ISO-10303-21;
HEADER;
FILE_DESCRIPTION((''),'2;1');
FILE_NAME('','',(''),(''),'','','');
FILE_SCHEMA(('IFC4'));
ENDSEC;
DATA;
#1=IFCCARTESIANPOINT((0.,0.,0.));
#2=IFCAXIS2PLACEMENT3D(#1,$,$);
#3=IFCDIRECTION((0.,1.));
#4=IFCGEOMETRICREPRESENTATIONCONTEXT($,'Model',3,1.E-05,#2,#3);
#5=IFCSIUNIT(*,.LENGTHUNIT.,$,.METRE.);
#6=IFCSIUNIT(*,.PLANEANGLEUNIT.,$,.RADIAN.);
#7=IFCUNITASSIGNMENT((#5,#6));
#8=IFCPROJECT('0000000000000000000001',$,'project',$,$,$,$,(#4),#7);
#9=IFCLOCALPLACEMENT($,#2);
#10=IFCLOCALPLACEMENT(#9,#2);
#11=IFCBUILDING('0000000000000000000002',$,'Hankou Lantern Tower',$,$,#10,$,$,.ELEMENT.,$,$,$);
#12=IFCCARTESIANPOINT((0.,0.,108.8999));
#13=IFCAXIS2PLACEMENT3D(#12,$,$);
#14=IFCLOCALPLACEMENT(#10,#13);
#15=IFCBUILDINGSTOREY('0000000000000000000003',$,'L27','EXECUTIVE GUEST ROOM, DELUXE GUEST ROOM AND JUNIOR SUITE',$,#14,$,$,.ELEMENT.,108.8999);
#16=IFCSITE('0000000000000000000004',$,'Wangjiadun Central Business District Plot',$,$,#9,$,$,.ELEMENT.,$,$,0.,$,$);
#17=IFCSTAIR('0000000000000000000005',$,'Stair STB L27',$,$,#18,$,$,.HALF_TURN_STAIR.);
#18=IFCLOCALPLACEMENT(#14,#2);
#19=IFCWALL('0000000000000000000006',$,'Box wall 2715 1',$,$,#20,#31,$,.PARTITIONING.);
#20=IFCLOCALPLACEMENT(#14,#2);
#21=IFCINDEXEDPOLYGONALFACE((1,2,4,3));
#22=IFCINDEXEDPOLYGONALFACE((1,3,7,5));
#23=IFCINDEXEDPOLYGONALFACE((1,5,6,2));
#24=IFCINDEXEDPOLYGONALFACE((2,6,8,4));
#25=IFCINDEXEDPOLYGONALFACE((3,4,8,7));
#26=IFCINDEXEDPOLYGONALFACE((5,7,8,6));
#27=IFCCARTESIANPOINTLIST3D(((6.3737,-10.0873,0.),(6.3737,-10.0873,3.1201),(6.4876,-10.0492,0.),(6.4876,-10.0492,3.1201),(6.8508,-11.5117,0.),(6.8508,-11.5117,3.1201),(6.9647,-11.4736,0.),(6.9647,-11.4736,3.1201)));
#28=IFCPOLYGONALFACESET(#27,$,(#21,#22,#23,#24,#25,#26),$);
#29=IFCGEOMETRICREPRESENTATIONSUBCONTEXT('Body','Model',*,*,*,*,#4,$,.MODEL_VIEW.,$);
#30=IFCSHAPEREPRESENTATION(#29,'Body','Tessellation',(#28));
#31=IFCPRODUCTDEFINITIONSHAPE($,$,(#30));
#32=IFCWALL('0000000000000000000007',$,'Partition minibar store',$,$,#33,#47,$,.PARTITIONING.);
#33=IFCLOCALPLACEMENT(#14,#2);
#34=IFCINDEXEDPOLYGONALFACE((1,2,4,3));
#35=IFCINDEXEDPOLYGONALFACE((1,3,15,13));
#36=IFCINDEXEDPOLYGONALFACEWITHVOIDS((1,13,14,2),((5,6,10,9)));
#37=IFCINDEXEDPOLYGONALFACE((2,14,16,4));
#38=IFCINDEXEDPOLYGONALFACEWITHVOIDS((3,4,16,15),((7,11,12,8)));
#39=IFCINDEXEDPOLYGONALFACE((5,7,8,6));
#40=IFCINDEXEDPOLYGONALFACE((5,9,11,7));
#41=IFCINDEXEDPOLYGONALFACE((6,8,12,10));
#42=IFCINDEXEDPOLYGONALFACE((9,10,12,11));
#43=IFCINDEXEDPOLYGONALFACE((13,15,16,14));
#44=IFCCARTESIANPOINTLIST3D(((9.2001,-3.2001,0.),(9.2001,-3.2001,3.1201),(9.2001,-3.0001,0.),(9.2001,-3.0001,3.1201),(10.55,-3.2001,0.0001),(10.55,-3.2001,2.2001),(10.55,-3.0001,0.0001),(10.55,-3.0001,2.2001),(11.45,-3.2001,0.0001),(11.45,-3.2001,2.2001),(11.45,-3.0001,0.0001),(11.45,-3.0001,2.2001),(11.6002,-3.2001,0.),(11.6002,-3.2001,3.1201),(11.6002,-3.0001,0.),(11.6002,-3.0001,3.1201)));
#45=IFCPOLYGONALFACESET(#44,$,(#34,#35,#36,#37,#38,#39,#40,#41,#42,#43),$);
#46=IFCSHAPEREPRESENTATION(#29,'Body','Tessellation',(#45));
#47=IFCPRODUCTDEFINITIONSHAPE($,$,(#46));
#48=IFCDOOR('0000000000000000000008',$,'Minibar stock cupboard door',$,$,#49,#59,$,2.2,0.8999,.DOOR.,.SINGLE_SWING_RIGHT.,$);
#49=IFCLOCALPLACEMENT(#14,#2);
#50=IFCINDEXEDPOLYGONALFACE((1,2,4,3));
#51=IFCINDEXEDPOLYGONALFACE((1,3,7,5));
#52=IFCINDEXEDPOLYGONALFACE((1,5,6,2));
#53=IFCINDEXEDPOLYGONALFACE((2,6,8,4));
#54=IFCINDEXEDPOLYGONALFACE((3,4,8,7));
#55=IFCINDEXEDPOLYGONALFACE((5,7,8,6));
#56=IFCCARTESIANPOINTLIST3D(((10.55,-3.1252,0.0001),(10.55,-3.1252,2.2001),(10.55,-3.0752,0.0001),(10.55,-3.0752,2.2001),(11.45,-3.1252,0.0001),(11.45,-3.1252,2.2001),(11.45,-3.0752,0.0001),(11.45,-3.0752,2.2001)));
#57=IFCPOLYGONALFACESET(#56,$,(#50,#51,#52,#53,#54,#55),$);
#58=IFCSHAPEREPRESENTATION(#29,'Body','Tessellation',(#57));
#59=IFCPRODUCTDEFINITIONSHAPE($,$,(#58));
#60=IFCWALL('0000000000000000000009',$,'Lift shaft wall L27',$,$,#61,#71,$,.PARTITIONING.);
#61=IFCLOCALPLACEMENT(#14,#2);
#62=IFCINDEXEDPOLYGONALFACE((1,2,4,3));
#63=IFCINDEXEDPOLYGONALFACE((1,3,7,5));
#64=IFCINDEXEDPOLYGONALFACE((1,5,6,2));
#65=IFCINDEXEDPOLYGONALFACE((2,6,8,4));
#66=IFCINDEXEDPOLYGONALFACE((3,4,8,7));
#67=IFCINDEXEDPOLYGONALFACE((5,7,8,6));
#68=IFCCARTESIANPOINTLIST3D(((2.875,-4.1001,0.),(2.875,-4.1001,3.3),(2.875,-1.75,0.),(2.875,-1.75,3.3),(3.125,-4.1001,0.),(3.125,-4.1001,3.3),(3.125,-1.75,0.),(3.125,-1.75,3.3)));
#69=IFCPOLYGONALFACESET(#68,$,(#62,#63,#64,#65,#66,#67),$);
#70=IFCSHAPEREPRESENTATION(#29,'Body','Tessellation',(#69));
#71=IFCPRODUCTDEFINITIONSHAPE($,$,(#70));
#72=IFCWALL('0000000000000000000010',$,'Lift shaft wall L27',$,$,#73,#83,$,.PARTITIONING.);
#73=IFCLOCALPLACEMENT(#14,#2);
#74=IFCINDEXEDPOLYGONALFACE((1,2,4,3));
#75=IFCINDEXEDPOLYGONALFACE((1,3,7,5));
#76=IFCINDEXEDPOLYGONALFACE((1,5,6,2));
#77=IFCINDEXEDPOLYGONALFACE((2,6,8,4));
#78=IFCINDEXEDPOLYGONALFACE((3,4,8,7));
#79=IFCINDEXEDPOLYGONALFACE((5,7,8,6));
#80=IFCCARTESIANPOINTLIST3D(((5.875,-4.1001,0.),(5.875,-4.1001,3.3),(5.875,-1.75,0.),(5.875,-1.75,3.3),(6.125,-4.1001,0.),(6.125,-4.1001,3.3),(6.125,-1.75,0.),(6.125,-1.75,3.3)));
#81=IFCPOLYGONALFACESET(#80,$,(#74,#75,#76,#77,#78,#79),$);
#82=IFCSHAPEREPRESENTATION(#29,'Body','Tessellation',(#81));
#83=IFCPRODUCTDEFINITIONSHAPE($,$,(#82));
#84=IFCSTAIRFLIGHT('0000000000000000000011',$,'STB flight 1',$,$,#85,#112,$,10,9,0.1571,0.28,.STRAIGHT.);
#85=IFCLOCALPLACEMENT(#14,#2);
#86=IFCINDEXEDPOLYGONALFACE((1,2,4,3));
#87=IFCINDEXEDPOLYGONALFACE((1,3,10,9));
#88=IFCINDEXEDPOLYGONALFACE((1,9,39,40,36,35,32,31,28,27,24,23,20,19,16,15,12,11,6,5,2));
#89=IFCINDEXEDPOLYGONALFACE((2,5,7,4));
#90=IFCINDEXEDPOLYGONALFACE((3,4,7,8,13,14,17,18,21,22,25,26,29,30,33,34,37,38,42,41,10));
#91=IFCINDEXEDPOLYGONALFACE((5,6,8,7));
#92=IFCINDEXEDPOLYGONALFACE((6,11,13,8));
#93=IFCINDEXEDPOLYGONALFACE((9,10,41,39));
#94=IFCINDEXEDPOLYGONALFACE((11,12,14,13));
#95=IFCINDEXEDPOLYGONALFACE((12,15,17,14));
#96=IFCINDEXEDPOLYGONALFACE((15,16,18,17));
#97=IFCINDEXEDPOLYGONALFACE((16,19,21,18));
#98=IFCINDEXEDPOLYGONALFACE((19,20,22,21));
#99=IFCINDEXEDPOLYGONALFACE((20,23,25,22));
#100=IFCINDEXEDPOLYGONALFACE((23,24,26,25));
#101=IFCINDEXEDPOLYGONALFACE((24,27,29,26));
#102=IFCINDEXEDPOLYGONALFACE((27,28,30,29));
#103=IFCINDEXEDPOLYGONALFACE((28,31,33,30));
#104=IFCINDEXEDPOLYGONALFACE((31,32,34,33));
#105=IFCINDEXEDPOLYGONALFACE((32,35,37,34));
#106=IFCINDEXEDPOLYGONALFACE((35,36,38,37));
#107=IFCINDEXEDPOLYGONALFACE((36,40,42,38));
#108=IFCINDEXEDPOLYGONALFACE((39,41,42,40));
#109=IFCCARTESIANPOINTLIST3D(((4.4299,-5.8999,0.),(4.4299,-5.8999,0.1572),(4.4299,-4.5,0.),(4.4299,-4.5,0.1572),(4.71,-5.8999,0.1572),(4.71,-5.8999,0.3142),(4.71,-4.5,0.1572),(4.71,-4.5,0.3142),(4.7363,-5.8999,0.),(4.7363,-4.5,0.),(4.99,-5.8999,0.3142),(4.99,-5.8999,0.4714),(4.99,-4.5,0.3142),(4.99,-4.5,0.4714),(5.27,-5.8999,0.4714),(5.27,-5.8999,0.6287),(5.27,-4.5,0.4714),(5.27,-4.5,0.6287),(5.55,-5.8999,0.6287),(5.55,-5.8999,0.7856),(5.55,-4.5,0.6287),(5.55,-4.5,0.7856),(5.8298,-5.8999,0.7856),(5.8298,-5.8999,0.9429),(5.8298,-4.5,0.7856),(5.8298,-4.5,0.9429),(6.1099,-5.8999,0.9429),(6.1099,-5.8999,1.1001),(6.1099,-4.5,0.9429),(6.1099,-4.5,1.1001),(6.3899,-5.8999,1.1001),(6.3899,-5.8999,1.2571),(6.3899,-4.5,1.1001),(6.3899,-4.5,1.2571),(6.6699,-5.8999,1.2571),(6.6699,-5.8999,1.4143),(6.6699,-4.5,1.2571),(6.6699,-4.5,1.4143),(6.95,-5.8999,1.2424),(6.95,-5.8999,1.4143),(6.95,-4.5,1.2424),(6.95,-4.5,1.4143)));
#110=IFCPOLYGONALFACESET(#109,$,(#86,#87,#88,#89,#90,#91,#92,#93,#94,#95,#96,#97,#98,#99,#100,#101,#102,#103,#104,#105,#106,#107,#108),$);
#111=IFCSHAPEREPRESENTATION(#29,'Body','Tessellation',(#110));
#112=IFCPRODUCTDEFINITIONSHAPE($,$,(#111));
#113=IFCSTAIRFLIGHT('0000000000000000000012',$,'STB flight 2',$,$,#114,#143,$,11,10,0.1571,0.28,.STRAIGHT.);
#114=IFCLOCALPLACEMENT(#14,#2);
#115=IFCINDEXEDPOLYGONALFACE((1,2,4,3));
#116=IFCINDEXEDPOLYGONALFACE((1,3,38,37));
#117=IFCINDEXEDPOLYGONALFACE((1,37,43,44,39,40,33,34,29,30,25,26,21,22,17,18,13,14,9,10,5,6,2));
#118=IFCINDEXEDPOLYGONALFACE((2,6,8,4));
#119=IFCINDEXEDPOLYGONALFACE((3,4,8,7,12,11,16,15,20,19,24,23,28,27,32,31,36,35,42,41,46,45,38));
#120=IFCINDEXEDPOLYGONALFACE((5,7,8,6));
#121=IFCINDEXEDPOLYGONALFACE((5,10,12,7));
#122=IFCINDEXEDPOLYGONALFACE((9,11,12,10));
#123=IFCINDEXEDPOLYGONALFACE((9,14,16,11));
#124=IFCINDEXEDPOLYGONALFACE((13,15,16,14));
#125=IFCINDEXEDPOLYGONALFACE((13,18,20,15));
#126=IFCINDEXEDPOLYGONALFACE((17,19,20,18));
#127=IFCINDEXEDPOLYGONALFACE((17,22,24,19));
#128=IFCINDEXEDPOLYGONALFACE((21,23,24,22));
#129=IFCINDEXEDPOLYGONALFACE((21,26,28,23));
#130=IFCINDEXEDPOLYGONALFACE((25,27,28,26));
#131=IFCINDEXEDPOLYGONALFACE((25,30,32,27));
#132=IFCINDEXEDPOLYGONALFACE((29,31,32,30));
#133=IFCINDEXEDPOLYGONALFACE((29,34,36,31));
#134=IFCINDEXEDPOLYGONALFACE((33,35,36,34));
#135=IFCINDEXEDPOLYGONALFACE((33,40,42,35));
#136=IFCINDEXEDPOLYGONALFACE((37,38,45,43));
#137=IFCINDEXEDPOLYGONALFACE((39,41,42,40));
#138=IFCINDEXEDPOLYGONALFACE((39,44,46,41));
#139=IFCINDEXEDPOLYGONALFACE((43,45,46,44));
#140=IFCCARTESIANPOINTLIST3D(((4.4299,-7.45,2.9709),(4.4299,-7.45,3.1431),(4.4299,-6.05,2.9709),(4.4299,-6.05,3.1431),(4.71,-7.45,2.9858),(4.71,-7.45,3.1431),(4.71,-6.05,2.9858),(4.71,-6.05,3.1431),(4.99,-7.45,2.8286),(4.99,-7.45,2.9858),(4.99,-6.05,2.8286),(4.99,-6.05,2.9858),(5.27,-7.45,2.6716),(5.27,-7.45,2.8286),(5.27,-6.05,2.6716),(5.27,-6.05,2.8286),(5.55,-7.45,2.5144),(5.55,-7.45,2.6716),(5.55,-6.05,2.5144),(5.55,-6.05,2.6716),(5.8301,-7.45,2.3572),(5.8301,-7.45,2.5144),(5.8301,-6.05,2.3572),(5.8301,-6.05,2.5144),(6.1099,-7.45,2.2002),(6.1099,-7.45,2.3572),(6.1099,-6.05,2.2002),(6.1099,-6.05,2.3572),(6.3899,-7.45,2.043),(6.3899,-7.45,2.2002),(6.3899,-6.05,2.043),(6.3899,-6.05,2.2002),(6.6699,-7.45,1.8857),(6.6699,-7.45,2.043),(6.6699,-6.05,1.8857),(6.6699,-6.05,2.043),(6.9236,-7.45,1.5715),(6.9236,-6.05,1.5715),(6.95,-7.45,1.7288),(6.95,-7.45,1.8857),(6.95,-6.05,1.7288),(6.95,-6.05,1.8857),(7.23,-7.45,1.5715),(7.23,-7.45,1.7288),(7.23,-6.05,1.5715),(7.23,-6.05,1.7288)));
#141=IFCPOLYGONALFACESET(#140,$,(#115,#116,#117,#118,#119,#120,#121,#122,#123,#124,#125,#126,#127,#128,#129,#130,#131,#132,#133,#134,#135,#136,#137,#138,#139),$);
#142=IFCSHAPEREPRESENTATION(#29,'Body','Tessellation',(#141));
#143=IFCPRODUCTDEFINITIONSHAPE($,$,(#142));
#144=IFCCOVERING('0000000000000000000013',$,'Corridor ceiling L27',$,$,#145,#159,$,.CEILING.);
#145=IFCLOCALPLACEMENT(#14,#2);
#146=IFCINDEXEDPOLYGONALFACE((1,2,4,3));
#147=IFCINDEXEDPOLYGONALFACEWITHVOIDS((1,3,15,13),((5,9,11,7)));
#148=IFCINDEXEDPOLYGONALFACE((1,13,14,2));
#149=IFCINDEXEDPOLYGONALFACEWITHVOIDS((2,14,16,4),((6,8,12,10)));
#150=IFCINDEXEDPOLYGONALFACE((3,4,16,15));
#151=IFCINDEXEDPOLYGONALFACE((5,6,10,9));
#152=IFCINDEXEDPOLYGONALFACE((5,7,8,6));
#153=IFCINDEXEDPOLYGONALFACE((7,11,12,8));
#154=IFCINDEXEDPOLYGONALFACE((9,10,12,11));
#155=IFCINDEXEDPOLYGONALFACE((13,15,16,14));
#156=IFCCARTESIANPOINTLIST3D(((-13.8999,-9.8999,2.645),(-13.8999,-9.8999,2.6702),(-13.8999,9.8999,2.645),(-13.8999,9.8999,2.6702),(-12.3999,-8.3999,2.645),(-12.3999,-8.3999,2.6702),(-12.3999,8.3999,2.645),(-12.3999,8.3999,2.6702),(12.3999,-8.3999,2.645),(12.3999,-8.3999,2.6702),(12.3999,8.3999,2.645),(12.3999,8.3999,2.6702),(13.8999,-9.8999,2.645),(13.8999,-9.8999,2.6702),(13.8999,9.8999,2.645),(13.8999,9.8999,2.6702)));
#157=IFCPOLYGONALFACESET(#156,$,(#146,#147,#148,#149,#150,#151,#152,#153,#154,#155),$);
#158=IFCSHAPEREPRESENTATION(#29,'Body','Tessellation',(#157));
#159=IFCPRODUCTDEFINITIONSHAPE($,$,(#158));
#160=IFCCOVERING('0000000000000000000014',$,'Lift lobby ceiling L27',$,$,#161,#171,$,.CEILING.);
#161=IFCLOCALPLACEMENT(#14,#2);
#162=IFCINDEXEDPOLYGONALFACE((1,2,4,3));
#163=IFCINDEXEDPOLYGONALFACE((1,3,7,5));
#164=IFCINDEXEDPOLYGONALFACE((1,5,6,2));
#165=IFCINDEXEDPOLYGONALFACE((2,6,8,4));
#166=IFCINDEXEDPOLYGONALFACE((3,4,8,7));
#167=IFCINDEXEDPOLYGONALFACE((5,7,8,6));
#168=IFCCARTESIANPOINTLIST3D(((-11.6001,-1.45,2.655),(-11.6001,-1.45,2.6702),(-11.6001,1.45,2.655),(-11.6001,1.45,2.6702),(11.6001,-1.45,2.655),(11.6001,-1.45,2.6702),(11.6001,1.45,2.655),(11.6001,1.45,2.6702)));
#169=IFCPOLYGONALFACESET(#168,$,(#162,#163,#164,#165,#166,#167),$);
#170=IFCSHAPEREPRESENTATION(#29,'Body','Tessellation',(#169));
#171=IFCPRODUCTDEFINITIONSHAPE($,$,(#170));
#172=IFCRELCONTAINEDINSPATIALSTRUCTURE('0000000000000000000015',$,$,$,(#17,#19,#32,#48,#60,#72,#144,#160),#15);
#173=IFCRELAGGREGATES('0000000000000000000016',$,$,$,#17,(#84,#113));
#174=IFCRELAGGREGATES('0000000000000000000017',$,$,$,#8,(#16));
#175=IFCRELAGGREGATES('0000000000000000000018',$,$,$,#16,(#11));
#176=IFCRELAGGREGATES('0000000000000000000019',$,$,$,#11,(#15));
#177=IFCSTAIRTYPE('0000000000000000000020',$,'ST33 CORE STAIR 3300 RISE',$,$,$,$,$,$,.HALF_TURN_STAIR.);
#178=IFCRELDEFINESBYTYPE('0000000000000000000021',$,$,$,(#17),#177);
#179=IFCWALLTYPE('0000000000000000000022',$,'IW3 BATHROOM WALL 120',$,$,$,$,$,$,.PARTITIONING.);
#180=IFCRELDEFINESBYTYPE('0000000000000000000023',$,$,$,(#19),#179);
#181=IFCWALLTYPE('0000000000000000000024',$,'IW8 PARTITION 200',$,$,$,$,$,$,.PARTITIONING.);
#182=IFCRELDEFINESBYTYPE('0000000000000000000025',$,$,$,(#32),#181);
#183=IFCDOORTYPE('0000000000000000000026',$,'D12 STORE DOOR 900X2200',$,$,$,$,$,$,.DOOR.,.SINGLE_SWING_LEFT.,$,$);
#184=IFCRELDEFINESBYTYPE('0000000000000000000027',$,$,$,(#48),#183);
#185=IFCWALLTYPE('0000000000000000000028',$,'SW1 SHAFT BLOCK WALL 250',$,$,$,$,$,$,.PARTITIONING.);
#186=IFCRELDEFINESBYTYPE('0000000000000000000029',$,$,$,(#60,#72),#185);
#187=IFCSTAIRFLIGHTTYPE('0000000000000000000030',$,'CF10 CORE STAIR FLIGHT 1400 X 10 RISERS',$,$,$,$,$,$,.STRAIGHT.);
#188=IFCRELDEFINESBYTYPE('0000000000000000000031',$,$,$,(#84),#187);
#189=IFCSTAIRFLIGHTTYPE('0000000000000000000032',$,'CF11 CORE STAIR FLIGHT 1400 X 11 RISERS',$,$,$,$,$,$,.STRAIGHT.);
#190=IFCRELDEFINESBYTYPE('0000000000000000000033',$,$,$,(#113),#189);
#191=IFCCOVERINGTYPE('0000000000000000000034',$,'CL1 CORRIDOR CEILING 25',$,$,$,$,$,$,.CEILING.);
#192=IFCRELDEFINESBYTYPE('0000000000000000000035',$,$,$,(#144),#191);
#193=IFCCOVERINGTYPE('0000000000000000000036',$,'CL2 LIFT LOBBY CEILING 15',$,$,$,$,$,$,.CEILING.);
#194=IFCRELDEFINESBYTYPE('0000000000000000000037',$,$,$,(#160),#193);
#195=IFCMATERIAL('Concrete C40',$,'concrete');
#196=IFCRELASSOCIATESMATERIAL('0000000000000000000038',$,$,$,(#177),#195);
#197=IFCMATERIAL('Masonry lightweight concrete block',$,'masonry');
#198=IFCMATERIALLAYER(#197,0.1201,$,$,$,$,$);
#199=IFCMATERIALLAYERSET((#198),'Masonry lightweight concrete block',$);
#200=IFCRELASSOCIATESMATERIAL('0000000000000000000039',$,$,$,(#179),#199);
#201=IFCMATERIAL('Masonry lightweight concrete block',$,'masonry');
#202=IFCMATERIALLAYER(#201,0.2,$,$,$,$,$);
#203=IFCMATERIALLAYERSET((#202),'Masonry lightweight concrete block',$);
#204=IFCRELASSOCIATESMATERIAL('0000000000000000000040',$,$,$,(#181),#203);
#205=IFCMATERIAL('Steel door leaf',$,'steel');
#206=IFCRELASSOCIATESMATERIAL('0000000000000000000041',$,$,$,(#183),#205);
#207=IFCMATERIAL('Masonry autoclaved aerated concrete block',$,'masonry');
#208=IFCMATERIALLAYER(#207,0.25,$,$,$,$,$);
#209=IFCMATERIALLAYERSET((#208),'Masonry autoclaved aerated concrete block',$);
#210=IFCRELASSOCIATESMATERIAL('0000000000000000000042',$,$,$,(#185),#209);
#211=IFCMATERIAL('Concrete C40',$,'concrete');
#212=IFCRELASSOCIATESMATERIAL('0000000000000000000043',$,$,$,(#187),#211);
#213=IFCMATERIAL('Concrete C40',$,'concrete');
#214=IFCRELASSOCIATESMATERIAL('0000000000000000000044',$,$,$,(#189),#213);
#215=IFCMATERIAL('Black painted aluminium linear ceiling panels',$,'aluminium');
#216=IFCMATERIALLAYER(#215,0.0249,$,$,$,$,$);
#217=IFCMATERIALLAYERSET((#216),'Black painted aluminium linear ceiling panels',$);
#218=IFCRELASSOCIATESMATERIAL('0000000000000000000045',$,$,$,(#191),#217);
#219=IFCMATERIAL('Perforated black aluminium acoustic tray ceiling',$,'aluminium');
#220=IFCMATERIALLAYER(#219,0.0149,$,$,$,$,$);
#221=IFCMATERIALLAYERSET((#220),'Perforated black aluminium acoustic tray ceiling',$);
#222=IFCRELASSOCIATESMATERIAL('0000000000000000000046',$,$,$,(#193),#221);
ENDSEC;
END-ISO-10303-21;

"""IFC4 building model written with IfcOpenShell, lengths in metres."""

from ifc_helpers import new_model, si_unit, direction, frame, frame_2d, origin, place, context, subcontext, project, spatial, polyline, rectangle, outline, extrude, material, layer, layer_set, type_object, element, fill, aggregate, save


model = new_model("IFC4")

# Units and contexts
model_context = context("Model", 3, precision=1e-05, world=origin(), true_north=direction((0.0, 1.0)))
body_context = subcontext(model_context, "Body", "Model", "MODEL_VIEW")
ifc_project = project(units=[si_unit("LENGTHUNIT", "METRE"), si_unit("PLANEANGLEUNIT", "RADIAN")], contexts=[model_context])

# Site, building, storey
site_placement = place(None, origin())
site = spatial("IfcSite", under=ifc_project, at=site_placement, Name="Wangjiadun Central Business District Plot", CompositionType="ELEMENT", RefElevation=0.0)
building_placement = place(site_placement, origin())
building = spatial("IfcBuilding", under=site, at=building_placement, Name="Hankou Lantern Tower", CompositionType="ELEMENT")
storey_placement = place(building_placement, frame((0.0, 0.0, 108.8999)))
storey = spatial("IfcBuildingStorey", under=building, at=storey_placement, Name="L27", Description="EXECUTIVE GUEST ROOM, DELUXE GUEST ROOM AND JUNIOR SUITE", CompositionType="ELEMENT", Elevation=108.8999)

# Stair
ifc_material_1 = material(Name="Concrete C40", Category="concrete")
stair_type = type_object("IfcStairType", Name="ST33 CORE STAIR 3300 RISE", PredefinedType="HALF_TURN_STAIR", material=ifc_material_1)
stair_1_placement = place(storey_placement, origin())
stair_1 = element("IfcStair", 1, at=stair_1_placement, inside=storey, type_object=stair_type, Name="Stair STB L27", PredefinedType="HALF_TURN_STAIR")

# Wall
ifc_material_2 = material(Name="Masonry lightweight concrete block", Category="masonry")
ifc_layer_1 = layer(ifc_material_2, 0.1201)
ifc_layer_set_1 = layer_set([ifc_layer_1], Name="Masonry lightweight concrete block")
wall_type_1 = type_object("IfcWallType", Name="IW3 BATHROOM WALL 120", PredefinedType="PARTITIONING", material=ifc_layer_set_1)
wall_1_placement = place(storey_placement, frame((6.4307, -10.0684, 0.0), z_axis=(0.0, 0.0, 1.0), x_axis=(0.317593, -0.948227, 0.0)))
element("IfcWall", 2, at=wall_1_placement, inside=storey, type_object=wall_type_1, Name="Box wall 2715 1", PredefinedType="PARTITIONING", context=body_context, shape_type="SweptSolid", body=[
    extrude(rectangle(XDim=1.5022, YDim=0.1201, at=frame_2d((0.751, 0.0))), origin(), (0.0, 0.0, 1.0), 3.1201),
])

# Wall, opening, door
ifc_material_3 = material(Name="Masonry lightweight concrete block", Category="masonry")
ifc_layer_2 = layer(ifc_material_3, 0.2)
ifc_layer_set_2 = layer_set([ifc_layer_2], Name="Masonry lightweight concrete block")
wall_type_2 = type_object("IfcWallType", Name="IW8 PARTITION 200", PredefinedType="PARTITIONING", material=ifc_layer_set_2)
wall_2_placement = place(storey_placement, frame((9.2, -3.1001, 0.0), z_axis=(0.0, 0.0, 1.0), x_axis=(1.0, 0.0, 0.0)))
wall_2 = element("IfcWall", 3, at=wall_2_placement, inside=storey, type_object=wall_type_2, Name="Partition minibar store", PredefinedType="PARTITIONING", context=body_context, shape_type="SweptSolid", body=[
    extrude(rectangle(XDim=2.4001, YDim=0.2, at=frame_2d((1.2002, 0.0))), origin(), (0.0, 0.0, 1.0), 3.1201),
])
opening_1_placement = place(wall_2_placement, frame((1.3501, 0.0, 0.0)))
opening_1 = element("IfcOpeningElement", 4, at=opening_1_placement, cuts=wall_2, PredefinedType="OPENING", context=body_context, shape_type="SweptSolid", body=[
    extrude(rectangle(XDim=0.8999, YDim=2.2, at=frame_2d((0.45, 1.1001))), frame((0.0, 0.1099, 0.0), z_axis=(0.0, -1.0, 0.0), x_axis=(1.0, 0.0, 0.0)), (0.0, 0.0, 1.0), 0.22),
])
ifc_material_4 = material(Name="Steel door leaf", Category="steel")
door_type_1 = type_object("IfcDoorType", Name="D12 STORE DOOR 900X2200", OperationType="SINGLE_SWING_LEFT", PredefinedType="DOOR", material=ifc_material_4)
door_1_placement = place(opening_1_placement, origin())
door_1 = element("IfcDoor", 5, at=door_1_placement, inside=storey, type_object=door_type_1, Name="Minibar stock cupboard door", OperationType="SINGLE_SWING_RIGHT", OverallHeight=2.2, OverallWidth=0.8999, PredefinedType="DOOR", context=body_context, shape_type="SweptSolid", body=[
    extrude(rectangle(XDim=0.8999, YDim=2.2, at=frame_2d((0.45, 1.1001))), frame((0.0, 0.0249, 0.0), z_axis=(0.0, -1.0, 0.0), x_axis=(1.0, 0.0, 0.0)), (0.0, 0.0, 1.0), 0.05),
])
fill(opening_1, door_1)

# Walls
ifc_material_5 = material(Name="Masonry autoclaved aerated concrete block", Category="masonry")
ifc_layer_3 = layer(ifc_material_5, 0.25)
ifc_layer_set_3 = layer_set([ifc_layer_3], Name="Masonry autoclaved aerated concrete block")
wall_type_3 = type_object("IfcWallType", Name="SW1 SHAFT BLOCK WALL 250", PredefinedType="PARTITIONING", material=ifc_layer_set_3)
for number, where, z_axis, x_axis, name in (
    (6, (3.0, -4.1001, 0.0), (0.0, 0.0, 1.0), (0.0, 1.0, 0.0), "Lift shaft wall L27"),
    (7, (6.0, -4.1001, 0.0), (0.0, 0.0, 1.0), (0.0, 1.0, 0.0), "Lift shaft wall L27"),
):
    element("IfcWall", number, at=place(storey_placement, frame(where, z_axis=z_axis, x_axis=x_axis)), inside=storey, type_object=wall_type_3, Name=name, PredefinedType="PARTITIONING", context=body_context, shape_type="SweptSolid", body=[
        extrude(rectangle(XDim=2.3501, YDim=0.25, at=frame_2d((1.175, 0.0))), origin(), (0.0, 0.0, 1.0), 3.3),
    ])

# Stair flights
ifc_material_6 = material(Name="Concrete C40", Category="concrete")
stair_flight_type_1 = type_object("IfcStairFlightType", Name="CF10 CORE STAIR FLIGHT 1400 X 10 RISERS", PredefinedType="STRAIGHT", material=ifc_material_6)
stair_flight_1_placement = place(storey_placement, frame((4.4299, -5.2, 0.0), z_axis=(0.0, 0.0, 1.0), x_axis=(1.0, 0.0, 0.0)))
stair_flight_1 = element("IfcStairFlight", 8, at=stair_flight_1_placement, type_object=stair_flight_type_1, Name="STB flight 1", NumberOfRisers=10, NumberOfTreads=9, PredefinedType="STRAIGHT", RiserHeight=0.1571, TreadLength=0.28, context=body_context, shape_type="SweptSolid", body=[
    extrude(outline(polyline([(0.0, 0.0), (0.0, 0.1572), (0.28, 0.1572), (0.28, 0.3142), (0.5601, 0.3142), (0.5601, 0.4714), (0.8401, 0.4714), (0.8401, 0.6287), (1.1201, 0.6287), (1.1201, 0.7856), (1.3999, 0.7856), (1.3999, 0.9429), (1.6799, 0.9429), (1.6799, 1.1001), (1.96, 1.1001), (1.96, 1.2571), (2.24, 1.2571), (2.24, 1.4143), (2.52, 1.4143), (2.52, 1.5715), (2.52, 1.2424), (0.3064, 0.0), (0.0, 0.0)])), frame((0.0, 0.7, 0.0), z_axis=(0.0, -1.0, 0.0), x_axis=(1.0, 0.0, 0.0)), (0.0, 0.0, 1.0), 1.3999),
])
ifc_material_7 = material(Name="Concrete C40", Category="concrete")
stair_flight_type_2 = type_object("IfcStairFlightType", Name="CF11 CORE STAIR FLIGHT 1400 X 11 RISERS", PredefinedType="STRAIGHT", material=ifc_material_7)
stair_flight_2_placement = place(storey_placement, frame((7.23, -6.75, 1.5715), z_axis=(0.0, 0.0, 1.0), x_axis=(-1.0, 0.0, 0.0)))
stair_flight_2 = element("IfcStairFlight", 9, at=stair_flight_2_placement, type_object=stair_flight_type_2, Name="STB flight 2", NumberOfRisers=11, NumberOfTreads=10, PredefinedType="STRAIGHT", RiserHeight=0.1571, TreadLength=0.28, context=body_context, shape_type="SweptSolid", body=[
    extrude(outline(polyline([(0.0, 0.0), (0.0, 0.1572), (0.28, 0.1572), (0.28, 0.3142), (0.5601, 0.3142), (0.5601, 0.4714), (0.8401, 0.4714), (0.8401, 0.6287), (1.1201, 0.6287), (1.1201, 0.7856), (1.3999, 0.7856), (1.3999, 0.9429), (1.6799, 0.9429), (1.6799, 1.1001), (1.96, 1.1001), (1.96, 1.2571), (2.24, 1.2571), (2.24, 1.4143), (2.52, 1.4143), (2.52, 1.5715), (2.8, 1.5715), (2.8, 1.7285), (2.8, 1.3994), (0.3064, 0.0), (0.0, 0.0)])), frame((0.0, 0.7, 0.0), z_axis=(0.0, -1.0, 0.0), x_axis=(1.0, 0.0, 0.0)), (0.0, 0.0, 1.0), 1.3999),
])
aggregate(stair_1, [stair_flight_1, stair_flight_2])

# Coverings
ifc_material_8 = material(Name="Black painted aluminium linear ceiling panels", Category="aluminium")
ifc_layer_4 = layer(ifc_material_8, 0.0249)
ifc_layer_set_4 = layer_set([ifc_layer_4], Name="Black painted aluminium linear ceiling panels")
covering_type_1 = type_object("IfcCoveringType", Name="CL1 CORRIDOR CEILING 25", PredefinedType="CEILING", material=ifc_layer_set_4)
covering_1_placement = place(storey_placement, frame((0.0, 0.0, 2.645)))
element("IfcCovering", 10, at=covering_1_placement, inside=storey, type_object=covering_type_1, Name="Corridor ceiling L27", PredefinedType="CEILING", context=body_context, shape_type="SweptSolid", body=[
    extrude(outline(polyline([(-13.8999, -9.8999), (13.8999, -9.8999), (13.8999, 9.8999), (-13.8999, 9.8999), (-13.8999, -9.8999)]), holes=[polyline([(-12.3999, 8.3999), (12.3999, 8.3999), (12.3999, -8.3999), (-12.3999, -8.3999), (-12.3999, 8.3999)])]), origin(), (0.0, 0.0, 1.0), 0.0251),
])
ifc_material_9 = material(Name="Perforated black aluminium acoustic tray ceiling", Category="aluminium")
ifc_layer_5 = layer(ifc_material_9, 0.0149)
ifc_layer_set_5 = layer_set([ifc_layer_5], Name="Perforated black aluminium acoustic tray ceiling")
covering_type_2 = type_object("IfcCoveringType", Name="CL2 LIFT LOBBY CEILING 15", PredefinedType="CEILING", material=ifc_layer_set_5)
covering_2_placement = place(storey_placement, frame((0.0, 0.0, 2.655)))
element("IfcCovering", 11, at=covering_2_placement, inside=storey, type_object=covering_type_2, Name="Lift lobby ceiling L27", PredefinedType="CEILING", context=body_context, shape_type="SweptSolid", body=[
    extrude(outline(polyline([(-11.6001, -1.45), (11.6001, -1.45), (11.6001, 1.45), (-11.6001, 1.45), (-11.6001, -1.45)])), origin(), (0.0, 0.0, 1.0), 0.0151),
])

save(model, "model.ifc")
